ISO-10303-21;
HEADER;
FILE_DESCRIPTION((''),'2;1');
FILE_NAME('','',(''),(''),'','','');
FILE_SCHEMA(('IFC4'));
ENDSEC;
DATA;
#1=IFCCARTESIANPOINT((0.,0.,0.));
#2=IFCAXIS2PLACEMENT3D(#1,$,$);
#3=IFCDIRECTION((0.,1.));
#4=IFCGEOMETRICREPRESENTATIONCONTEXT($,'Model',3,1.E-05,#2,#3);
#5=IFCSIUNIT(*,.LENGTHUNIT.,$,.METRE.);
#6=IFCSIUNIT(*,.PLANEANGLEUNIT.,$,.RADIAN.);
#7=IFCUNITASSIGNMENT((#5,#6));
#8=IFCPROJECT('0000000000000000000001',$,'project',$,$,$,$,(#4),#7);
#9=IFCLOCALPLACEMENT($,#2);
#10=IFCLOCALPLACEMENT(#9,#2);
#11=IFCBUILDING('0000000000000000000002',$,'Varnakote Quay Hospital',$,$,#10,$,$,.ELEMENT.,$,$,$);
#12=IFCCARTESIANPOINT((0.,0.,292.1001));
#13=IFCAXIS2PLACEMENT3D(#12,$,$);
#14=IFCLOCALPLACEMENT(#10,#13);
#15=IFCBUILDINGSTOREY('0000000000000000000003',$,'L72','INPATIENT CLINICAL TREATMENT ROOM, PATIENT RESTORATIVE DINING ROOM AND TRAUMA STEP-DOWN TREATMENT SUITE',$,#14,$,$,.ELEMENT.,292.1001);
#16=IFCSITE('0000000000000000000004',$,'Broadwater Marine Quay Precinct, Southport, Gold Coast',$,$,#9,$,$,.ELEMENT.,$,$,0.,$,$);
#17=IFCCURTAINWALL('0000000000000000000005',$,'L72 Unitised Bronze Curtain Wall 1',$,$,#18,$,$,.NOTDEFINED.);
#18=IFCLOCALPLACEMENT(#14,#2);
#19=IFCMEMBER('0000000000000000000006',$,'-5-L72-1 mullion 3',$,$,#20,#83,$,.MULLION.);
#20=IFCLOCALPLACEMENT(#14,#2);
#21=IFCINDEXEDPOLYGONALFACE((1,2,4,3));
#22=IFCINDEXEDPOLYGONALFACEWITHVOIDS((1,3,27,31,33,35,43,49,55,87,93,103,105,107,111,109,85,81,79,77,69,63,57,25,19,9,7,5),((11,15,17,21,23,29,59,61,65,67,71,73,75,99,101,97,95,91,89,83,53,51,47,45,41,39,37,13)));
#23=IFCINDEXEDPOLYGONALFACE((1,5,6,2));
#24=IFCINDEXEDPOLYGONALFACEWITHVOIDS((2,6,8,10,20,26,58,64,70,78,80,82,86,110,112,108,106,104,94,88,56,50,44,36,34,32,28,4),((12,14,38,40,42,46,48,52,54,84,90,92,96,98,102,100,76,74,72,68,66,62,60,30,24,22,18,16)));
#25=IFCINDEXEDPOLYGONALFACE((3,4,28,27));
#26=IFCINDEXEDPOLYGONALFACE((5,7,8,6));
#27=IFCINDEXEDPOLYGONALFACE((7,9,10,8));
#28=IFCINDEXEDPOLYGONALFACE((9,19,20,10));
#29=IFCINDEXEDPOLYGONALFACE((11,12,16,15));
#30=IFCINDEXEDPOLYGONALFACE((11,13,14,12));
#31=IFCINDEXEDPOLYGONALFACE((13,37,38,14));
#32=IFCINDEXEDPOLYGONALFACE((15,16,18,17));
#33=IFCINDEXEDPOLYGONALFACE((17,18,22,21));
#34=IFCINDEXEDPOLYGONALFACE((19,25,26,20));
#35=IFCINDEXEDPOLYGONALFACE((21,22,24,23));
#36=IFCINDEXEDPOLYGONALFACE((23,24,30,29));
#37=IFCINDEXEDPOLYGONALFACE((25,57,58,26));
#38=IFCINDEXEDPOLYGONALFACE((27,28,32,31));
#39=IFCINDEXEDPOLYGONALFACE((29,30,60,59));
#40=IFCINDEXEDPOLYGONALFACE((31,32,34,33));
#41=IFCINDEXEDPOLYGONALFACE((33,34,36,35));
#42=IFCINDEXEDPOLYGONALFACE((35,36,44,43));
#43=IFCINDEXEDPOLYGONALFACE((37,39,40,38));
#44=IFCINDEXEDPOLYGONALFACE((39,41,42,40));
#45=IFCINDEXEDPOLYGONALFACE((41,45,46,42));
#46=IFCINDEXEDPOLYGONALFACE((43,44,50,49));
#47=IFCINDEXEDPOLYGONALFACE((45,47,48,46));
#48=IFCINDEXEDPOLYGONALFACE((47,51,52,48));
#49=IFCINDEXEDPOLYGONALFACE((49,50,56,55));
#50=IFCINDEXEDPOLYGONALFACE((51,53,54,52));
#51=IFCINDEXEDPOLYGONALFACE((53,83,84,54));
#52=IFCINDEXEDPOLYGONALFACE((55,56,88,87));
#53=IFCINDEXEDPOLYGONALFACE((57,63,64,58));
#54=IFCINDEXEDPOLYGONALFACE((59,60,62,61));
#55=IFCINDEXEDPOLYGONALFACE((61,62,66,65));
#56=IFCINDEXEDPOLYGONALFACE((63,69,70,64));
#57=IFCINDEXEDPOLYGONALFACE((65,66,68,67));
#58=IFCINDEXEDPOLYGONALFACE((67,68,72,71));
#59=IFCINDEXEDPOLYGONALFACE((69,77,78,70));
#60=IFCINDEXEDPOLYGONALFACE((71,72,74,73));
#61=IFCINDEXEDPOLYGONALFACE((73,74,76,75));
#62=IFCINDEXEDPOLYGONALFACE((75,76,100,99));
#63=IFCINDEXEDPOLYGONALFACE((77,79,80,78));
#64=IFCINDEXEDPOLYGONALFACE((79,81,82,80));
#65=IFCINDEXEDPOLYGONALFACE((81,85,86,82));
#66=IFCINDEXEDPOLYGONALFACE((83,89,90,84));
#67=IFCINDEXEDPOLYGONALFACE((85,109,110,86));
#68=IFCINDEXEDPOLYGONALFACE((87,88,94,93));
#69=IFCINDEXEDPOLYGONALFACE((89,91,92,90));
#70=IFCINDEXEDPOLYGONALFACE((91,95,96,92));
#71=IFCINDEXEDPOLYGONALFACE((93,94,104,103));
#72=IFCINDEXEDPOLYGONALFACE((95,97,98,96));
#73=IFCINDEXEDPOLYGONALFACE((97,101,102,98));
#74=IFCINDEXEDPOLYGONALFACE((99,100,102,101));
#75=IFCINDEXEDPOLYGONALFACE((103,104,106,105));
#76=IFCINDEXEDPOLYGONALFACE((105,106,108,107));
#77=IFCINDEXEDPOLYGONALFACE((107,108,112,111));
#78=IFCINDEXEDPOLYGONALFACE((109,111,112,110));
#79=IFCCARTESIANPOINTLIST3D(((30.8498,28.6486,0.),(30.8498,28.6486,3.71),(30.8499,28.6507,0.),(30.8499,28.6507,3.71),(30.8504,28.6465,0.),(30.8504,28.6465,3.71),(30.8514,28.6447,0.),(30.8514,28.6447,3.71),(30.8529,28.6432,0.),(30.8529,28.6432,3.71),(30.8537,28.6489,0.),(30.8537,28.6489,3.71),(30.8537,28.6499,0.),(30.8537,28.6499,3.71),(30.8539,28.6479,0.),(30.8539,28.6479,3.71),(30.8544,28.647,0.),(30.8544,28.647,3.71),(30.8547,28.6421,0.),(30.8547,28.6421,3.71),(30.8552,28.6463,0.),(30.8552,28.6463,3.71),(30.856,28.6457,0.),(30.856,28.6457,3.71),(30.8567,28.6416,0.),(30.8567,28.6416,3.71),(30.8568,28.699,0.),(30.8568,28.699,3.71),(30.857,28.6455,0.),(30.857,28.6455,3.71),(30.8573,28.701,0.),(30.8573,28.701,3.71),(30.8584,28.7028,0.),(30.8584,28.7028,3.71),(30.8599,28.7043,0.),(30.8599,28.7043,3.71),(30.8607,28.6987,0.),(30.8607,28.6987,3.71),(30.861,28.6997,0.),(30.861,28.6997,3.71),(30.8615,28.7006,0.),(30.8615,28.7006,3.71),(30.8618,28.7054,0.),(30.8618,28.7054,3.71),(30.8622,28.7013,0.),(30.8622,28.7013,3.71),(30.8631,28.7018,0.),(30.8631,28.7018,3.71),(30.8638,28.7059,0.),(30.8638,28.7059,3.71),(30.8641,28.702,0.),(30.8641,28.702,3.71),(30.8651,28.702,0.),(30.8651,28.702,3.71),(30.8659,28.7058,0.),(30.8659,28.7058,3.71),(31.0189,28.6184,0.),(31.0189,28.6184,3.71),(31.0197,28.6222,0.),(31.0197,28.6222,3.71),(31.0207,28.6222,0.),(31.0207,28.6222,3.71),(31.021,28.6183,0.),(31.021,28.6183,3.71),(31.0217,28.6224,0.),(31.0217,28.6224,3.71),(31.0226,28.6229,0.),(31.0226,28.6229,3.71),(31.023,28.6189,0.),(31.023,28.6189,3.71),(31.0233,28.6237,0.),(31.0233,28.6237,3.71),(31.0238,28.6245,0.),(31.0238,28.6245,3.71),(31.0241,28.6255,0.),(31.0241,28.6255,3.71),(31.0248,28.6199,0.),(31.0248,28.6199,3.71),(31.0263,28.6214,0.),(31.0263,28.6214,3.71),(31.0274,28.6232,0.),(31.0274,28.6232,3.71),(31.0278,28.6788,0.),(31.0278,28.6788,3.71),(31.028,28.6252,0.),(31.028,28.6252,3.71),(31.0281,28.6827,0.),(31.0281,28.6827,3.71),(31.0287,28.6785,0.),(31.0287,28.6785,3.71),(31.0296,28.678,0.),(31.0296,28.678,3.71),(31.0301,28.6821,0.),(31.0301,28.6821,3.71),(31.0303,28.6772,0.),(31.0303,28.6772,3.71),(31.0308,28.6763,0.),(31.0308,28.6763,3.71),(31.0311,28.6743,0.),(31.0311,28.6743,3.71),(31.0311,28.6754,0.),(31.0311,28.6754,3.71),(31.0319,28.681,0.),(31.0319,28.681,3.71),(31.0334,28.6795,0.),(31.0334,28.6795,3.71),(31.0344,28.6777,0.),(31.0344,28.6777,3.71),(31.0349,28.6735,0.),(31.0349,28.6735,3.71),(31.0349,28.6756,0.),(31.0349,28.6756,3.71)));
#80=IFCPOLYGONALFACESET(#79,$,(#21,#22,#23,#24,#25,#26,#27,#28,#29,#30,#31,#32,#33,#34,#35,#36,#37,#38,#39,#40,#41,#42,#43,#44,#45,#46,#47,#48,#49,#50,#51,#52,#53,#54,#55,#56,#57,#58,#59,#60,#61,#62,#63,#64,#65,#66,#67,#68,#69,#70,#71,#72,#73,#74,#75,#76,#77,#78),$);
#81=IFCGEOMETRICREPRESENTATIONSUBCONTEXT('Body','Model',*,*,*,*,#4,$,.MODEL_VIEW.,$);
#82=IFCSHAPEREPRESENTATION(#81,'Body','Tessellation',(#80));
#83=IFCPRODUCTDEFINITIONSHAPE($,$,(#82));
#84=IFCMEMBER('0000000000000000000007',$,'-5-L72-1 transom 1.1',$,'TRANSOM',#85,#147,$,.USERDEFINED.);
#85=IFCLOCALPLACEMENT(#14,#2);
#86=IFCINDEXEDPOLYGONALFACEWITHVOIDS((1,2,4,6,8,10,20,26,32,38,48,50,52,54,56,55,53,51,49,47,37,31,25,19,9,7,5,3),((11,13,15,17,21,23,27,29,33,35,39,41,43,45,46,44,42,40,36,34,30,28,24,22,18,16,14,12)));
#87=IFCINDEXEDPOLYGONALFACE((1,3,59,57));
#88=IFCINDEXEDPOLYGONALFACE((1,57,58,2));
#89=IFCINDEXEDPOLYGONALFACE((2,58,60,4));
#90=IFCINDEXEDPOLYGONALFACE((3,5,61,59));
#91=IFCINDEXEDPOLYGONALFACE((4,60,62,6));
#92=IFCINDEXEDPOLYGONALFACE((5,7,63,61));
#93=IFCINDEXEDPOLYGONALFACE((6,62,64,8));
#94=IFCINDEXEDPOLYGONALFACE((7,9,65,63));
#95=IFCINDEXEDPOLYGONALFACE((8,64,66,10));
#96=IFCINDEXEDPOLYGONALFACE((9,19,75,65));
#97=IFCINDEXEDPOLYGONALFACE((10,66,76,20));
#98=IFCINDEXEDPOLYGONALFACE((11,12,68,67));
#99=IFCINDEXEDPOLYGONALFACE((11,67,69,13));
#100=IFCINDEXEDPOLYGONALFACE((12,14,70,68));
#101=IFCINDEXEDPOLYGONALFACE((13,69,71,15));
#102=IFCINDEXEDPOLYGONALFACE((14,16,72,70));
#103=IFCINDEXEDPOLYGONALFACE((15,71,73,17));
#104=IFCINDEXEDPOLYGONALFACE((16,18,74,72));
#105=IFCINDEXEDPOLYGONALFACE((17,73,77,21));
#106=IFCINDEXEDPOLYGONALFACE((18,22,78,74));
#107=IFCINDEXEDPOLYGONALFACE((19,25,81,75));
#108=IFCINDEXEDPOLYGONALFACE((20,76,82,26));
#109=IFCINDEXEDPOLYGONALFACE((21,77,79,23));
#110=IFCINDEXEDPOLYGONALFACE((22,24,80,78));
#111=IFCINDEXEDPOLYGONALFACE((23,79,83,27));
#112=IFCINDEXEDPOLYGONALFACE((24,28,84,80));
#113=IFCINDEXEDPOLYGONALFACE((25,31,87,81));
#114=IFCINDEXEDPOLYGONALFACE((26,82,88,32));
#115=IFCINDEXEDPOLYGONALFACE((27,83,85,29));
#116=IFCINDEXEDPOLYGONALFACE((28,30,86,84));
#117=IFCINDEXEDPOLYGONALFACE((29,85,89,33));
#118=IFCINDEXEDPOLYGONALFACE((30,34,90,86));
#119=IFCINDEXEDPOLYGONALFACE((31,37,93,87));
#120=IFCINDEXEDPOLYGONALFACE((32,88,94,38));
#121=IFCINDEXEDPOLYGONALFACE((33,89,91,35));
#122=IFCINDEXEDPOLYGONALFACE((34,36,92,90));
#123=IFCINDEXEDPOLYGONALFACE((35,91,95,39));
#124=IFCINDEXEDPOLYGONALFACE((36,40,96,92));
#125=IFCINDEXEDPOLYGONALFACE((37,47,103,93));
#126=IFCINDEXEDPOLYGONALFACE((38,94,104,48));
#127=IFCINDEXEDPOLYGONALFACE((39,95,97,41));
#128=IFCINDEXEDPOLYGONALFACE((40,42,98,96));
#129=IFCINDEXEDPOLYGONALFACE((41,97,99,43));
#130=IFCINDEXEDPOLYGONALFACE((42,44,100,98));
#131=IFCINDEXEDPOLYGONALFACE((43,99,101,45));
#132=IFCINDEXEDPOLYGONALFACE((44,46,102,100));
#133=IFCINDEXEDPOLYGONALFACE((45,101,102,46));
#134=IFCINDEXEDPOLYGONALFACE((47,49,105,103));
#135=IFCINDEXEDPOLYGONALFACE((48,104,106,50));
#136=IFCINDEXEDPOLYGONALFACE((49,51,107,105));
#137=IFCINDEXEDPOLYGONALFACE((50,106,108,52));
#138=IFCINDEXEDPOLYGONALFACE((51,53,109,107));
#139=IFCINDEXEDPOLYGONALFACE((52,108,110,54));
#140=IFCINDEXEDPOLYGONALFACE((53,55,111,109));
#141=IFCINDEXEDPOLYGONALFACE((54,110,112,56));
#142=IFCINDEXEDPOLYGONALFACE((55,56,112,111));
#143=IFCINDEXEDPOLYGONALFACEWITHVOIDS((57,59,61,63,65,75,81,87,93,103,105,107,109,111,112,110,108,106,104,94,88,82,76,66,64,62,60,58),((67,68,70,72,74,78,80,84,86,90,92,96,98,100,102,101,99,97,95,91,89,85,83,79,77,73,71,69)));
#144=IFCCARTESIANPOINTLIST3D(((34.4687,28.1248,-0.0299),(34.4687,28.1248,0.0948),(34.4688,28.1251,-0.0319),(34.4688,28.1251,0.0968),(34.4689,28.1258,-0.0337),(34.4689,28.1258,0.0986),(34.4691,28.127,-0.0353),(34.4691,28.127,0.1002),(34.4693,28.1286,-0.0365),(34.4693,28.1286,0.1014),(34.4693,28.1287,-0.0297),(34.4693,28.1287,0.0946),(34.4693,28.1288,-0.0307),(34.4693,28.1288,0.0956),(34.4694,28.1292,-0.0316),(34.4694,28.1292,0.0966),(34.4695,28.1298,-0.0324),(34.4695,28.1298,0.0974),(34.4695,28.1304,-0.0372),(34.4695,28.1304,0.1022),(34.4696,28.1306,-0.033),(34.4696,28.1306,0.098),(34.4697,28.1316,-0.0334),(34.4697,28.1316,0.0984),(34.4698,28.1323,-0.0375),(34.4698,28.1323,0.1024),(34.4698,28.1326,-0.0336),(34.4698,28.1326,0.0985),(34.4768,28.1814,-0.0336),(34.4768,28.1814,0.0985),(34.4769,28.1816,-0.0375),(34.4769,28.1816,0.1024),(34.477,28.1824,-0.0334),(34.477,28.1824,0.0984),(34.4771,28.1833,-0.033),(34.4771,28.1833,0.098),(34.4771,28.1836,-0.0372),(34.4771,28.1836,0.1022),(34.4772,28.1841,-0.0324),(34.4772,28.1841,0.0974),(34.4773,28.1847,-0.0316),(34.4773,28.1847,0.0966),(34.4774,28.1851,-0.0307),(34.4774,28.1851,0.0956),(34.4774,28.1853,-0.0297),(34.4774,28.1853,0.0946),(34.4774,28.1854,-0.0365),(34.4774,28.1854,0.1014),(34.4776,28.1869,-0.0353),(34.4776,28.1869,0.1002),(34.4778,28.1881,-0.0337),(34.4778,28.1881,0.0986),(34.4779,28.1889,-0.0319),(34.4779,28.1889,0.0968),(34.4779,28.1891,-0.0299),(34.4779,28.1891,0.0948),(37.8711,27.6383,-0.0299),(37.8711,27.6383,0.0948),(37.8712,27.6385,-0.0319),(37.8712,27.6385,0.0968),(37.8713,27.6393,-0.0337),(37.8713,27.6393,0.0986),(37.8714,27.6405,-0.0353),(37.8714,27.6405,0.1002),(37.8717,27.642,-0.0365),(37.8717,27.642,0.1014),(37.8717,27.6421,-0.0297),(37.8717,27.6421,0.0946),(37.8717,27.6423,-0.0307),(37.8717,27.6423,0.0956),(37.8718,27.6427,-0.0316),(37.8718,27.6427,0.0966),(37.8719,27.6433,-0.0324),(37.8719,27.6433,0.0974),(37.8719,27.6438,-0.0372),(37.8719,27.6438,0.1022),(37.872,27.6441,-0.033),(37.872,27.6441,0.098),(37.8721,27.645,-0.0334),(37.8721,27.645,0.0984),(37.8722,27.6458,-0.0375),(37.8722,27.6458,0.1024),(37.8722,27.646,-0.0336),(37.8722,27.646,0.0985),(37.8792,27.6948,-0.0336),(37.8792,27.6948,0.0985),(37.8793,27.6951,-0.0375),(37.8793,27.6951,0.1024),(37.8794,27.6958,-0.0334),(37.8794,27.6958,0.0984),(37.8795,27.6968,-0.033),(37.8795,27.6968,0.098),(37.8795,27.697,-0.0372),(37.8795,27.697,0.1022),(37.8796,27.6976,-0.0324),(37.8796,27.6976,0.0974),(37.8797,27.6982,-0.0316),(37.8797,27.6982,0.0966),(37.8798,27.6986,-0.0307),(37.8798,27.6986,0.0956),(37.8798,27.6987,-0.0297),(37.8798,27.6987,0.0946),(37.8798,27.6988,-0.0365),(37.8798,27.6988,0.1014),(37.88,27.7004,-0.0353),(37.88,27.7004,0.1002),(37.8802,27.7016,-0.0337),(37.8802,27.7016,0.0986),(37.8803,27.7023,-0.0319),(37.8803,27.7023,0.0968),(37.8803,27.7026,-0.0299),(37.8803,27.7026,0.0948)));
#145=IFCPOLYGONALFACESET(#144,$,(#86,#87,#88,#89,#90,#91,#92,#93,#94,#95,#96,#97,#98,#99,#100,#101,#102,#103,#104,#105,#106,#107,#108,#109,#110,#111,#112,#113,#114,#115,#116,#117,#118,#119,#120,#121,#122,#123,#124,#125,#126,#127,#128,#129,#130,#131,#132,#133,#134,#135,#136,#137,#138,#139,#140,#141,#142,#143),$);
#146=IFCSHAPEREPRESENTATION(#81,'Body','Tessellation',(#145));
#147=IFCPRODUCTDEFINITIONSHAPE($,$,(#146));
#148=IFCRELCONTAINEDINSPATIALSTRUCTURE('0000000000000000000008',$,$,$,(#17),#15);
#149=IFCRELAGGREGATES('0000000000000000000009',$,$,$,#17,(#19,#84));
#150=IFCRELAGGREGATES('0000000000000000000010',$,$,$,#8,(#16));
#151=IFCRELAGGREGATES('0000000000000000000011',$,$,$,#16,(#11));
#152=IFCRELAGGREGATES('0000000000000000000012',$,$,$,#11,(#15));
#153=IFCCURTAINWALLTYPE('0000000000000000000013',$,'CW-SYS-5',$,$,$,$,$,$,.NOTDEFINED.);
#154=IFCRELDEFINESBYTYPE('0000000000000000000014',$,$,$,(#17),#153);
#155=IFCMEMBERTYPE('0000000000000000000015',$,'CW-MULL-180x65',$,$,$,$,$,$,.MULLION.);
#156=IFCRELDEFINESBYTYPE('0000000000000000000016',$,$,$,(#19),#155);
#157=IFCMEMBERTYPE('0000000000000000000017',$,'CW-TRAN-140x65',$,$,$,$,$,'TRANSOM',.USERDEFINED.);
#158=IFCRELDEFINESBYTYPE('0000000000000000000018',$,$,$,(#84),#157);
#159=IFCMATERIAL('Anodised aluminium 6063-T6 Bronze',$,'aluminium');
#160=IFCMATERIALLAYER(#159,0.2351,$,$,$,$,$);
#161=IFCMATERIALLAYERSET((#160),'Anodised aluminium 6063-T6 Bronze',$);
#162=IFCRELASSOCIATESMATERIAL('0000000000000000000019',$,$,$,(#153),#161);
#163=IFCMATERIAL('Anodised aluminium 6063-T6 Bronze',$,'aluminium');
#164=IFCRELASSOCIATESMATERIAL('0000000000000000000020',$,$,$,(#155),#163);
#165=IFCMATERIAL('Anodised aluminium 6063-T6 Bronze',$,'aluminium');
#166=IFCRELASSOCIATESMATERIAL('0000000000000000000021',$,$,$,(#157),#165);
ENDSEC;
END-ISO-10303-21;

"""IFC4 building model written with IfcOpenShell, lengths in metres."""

from ifc_helpers import new_model, si_unit, direction, frame, origin, origin_2d, place, context, subcontext, project, spatial, hollow_rectangle, extrude, material, layer, layer_set, material_profile, profile_set, type_object, element, aggregate, save


model = new_model("IFC4")

# Units and contexts
model_context = context("Model", 3, precision=1e-05, world=origin(), true_north=direction((0.0, 1.0)))
body_context = subcontext(model_context, "Body", "Model", "MODEL_VIEW")
ifc_project = project(units=[si_unit("LENGTHUNIT", "METRE"), si_unit("PLANEANGLEUNIT", "RADIAN")], contexts=[model_context])

# Site, building, storey
site_placement = place(None, origin())
site = spatial("IfcSite", under=ifc_project, at=site_placement, Name="Broadwater Marine Quay Precinct, Southport, Gold Coast", CompositionType="ELEMENT", RefElevation=0.0)
building_placement = place(site_placement, origin())
building = spatial("IfcBuilding", under=site, at=building_placement, Name="Varnakote Quay Hospital", CompositionType="ELEMENT")
storey_placement = place(building_placement, frame((0.0, 0.0, 292.1001)))
storey = spatial("IfcBuildingStorey", under=building, at=storey_placement, Name="L72", Description="INPATIENT CLINICAL TREATMENT ROOM, PATIENT RESTORATIVE DINING ROOM AND TRAUMA STEP-DOWN TREATMENT SUITE", CompositionType="ELEMENT", Elevation=292.1001)

# Curtain wall, members
ifc_material_1 = material(Name="Anodised aluminium 6063-T6 Bronze", Category="aluminium")
ifc_layer_1 = layer(ifc_material_1, 0.2351)
ifc_layer_set_1 = layer_set([ifc_layer_1], Name="Anodised aluminium 6063-T6 Bronze")
curtain_wall_type = type_object("IfcCurtainWallType", Name="CW-SYS-5", PredefinedType="NOTDEFINED", material=ifc_layer_set_1)
curtain_wall_placement = place(storey_placement, origin())
curtain_wall = element("IfcCurtainWall", 1, at=curtain_wall_placement, inside=storey, type_object=curtain_wall_type, Name="L72 Unitised Bronze Curtain Wall 1", PredefinedType="NOTDEFINED")
ifc_material_2 = material(Name="Anodised aluminium 6063-T6 Bronze", Category="aluminium")
ifc_material_profile_1 = material_profile(ifc_material_2, hollow_rectangle(XDim=0.0649, YDim=0.1799, WallThickness=0.0039, InnerFilletRadius=0.0039, OuterFilletRadius=0.0081, at=origin_2d()), Name="CW-MULL-180x65")
ifc_profile_set_1 = profile_set([ifc_material_profile_1], Name="Anodised aluminium 6063-T6 Bronze")
member_type_1 = type_object("IfcMemberType", Name="CW-MULL-180x65", PredefinedType="MULLION", material=ifc_profile_set_1)
member_1_placement = place(storey_placement, frame((30.9424, 28.6621, 0.0), z_axis=(0.0, 0.0, 1.0), x_axis=(-0.141572, -0.989928, 0.0)))
member_1 = element("IfcMember", 2, at=member_1_placement, type_object=member_type_1, Name="-5-L72-1 mullion 3", PredefinedType="MULLION", context=body_context, shape_type="SweptSolid", body=[
    extrude(hollow_rectangle(XDim=0.0649, YDim=0.1799, WallThickness=0.0039, InnerFilletRadius=0.0039, OuterFilletRadius=0.0081, at=origin_2d()), origin(), (0.0, 0.0, 1.0), 3.71),
])
ifc_material_3 = material(Name="Anodised aluminium 6063-T6 Bronze", Category="aluminium")
ifc_material_profile_2 = material_profile(ifc_material_3, hollow_rectangle(XDim=0.0649, YDim=0.1399, WallThickness=0.0039, InnerFilletRadius=0.0039, OuterFilletRadius=0.0076, at=origin_2d()), Name="CW-TRAN-140x65")
ifc_profile_set_2 = profile_set([ifc_material_profile_2], Name="Anodised aluminium 6063-T6 Bronze")
member_type_2 = type_object("IfcMemberType", Name="CW-TRAN-140x65", ElementType="TRANSOM", PredefinedType="USERDEFINED", material=ifc_profile_set_2)
member_2_placement = place(storey_placement, frame((37.8757, 27.6704, 0.0325), z_axis=(-0.989928, 0.141571, 0.0), x_axis=(-0.141571, -0.989928, 0.0)))
member_2 = element("IfcMember", 3, at=member_2_placement, type_object=member_type_2, Name="-5-L72-1 transom 1.1", ObjectType="TRANSOM", PredefinedType="USERDEFINED", context=body_context, shape_type="SweptSolid", body=[
    extrude(hollow_rectangle(XDim=0.0649, YDim=0.1399, WallThickness=0.0039, InnerFilletRadius=0.0039, OuterFilletRadius=0.0076, at=origin_2d()), origin(), (0.0, 0.0, 1.0), 3.437),
])
aggregate(curtain_wall, [member_1, member_2])

save(model, "model.ifc")
